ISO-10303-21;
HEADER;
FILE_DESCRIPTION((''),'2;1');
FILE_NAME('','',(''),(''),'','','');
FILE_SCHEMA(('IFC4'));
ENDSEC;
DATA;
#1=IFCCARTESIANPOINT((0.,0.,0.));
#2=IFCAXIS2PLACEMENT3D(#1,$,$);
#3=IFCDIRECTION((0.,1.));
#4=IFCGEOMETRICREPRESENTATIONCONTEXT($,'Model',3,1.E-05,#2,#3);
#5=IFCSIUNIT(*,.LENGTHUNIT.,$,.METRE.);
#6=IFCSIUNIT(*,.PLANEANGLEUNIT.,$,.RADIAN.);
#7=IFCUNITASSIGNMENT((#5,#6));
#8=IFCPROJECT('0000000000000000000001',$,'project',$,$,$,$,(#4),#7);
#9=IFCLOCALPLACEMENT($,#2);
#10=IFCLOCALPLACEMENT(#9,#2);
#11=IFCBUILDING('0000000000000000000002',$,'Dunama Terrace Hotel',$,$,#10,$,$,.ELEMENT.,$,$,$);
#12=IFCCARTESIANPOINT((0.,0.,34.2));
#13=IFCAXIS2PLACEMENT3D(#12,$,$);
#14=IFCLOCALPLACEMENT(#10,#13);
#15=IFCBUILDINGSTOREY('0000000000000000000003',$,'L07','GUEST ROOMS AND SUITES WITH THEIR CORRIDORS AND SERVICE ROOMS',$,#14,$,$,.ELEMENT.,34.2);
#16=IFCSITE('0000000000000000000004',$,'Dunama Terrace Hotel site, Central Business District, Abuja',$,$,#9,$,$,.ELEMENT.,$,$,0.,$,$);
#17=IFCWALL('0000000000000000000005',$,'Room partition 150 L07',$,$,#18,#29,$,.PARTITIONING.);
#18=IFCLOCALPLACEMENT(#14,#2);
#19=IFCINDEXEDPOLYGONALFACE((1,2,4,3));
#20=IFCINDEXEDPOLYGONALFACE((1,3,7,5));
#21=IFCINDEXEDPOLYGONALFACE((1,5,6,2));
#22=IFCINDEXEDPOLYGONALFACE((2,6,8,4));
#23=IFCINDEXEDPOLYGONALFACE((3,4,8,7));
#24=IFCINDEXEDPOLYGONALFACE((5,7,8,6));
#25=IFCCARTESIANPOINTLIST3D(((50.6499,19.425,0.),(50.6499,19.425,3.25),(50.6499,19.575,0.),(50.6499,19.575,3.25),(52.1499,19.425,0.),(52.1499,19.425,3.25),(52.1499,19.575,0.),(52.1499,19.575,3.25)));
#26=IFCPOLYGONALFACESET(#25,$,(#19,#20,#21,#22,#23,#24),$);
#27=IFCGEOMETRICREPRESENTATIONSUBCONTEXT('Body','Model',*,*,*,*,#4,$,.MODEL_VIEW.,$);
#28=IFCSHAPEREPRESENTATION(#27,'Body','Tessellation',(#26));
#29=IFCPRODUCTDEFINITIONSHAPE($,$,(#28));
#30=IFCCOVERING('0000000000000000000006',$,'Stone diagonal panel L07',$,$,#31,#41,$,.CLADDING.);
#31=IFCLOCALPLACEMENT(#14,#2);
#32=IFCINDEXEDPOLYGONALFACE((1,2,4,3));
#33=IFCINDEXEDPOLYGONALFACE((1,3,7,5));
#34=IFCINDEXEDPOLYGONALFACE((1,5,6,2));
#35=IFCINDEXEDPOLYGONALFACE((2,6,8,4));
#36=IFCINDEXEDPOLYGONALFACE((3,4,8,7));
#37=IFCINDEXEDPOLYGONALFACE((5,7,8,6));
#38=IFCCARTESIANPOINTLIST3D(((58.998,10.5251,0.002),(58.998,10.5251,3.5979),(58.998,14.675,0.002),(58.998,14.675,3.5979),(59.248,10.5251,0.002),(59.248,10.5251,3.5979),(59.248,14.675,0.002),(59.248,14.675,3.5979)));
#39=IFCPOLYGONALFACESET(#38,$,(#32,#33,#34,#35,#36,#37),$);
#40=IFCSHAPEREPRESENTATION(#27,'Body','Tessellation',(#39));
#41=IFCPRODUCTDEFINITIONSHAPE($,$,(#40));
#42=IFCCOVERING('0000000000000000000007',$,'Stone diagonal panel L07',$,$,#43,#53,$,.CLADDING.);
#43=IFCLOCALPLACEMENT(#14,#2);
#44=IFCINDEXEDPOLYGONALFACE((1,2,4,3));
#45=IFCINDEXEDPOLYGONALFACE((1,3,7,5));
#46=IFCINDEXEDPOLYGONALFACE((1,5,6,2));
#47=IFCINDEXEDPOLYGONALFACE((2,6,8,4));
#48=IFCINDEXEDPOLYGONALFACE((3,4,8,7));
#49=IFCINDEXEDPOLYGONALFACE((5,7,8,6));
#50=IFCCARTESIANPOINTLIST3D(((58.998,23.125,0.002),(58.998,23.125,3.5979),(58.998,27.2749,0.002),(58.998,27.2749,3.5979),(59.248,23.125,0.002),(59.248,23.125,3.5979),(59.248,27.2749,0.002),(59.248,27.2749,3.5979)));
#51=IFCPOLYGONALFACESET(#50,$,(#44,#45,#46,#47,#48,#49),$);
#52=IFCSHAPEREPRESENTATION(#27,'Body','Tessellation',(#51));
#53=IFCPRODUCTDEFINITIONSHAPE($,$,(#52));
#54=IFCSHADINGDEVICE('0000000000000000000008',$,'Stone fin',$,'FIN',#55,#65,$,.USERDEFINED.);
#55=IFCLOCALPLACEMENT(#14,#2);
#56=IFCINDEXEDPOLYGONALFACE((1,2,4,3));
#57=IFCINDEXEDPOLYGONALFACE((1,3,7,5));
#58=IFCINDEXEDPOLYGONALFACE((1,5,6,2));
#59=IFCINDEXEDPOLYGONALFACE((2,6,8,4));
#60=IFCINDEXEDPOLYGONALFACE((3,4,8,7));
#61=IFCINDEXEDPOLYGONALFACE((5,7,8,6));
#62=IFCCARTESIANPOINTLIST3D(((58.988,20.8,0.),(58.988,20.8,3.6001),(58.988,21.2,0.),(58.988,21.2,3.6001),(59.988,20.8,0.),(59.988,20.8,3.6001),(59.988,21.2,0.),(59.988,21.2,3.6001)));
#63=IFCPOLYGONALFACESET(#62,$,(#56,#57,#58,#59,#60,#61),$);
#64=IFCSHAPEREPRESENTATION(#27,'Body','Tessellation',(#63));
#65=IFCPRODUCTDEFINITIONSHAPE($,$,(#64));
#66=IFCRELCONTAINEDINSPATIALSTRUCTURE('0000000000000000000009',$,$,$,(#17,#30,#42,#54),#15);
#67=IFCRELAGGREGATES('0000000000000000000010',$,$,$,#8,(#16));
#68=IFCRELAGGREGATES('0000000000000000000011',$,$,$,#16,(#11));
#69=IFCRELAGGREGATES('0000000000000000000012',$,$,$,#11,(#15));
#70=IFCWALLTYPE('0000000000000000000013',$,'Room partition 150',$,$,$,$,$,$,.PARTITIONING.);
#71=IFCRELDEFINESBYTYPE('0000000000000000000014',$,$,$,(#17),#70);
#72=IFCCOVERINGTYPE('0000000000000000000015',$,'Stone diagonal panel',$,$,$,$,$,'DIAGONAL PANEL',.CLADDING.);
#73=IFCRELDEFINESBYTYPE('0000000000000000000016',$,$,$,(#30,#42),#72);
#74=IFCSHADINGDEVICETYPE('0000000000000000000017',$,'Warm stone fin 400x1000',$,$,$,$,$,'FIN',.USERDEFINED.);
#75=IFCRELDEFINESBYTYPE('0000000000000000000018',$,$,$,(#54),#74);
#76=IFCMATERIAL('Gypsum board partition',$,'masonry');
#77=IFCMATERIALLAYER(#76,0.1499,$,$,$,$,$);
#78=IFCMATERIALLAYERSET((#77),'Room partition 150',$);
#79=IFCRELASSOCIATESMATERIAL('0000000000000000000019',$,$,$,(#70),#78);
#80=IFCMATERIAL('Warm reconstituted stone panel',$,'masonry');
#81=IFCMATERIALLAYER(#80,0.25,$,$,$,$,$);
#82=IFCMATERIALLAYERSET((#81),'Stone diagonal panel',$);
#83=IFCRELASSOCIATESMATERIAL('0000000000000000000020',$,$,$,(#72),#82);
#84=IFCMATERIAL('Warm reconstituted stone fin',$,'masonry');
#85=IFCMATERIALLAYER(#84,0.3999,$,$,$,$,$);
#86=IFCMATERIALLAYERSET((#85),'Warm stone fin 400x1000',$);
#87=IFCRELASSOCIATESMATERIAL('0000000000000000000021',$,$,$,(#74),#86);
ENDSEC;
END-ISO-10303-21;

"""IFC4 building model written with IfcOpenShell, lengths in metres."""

from ifc_helpers import new_model, si_unit, direction, frame, frame_2d, origin, origin_2d, place, context, subcontext, project, spatial, rectangle, extrude, material, layer, layer_set, type_object, element, save


model = new_model("IFC4")

# Units and contexts
model_context = context("Model", 3, precision=1e-05, world=origin(), true_north=direction((0.0, 1.0)))
body_context = subcontext(model_context, "Body", "Model", "MODEL_VIEW")
ifc_project = project(units=[si_unit("LENGTHUNIT", "METRE"), si_unit("PLANEANGLEUNIT", "RADIAN")], contexts=[model_context])

# Site, building, storey
site_placement = place(None, origin())
site = spatial("IfcSite", under=ifc_project, at=site_placement, Name="Dunama Terrace Hotel site, Central Business District, Abuja", CompositionType="ELEMENT", RefElevation=0.0)
building_placement = place(site_placement, origin())
building = spatial("IfcBuilding", under=site, at=building_placement, Name="Dunama Terrace Hotel", CompositionType="ELEMENT")
storey_placement = place(building_placement, frame((0.0, 0.0, 34.2)))
storey = spatial("IfcBuildingStorey", under=building, at=storey_placement, Name="L07", Description="GUEST ROOMS AND SUITES WITH THEIR CORRIDORS AND SERVICE ROOMS", CompositionType="ELEMENT", Elevation=34.2)

# Shared definitions
ifc_material_1 = material(Name="Gypsum board partition", Category="masonry")
ifc_layer_1 = layer(ifc_material_1, 0.1499)
ifc_layer_set_1 = layer_set([ifc_layer_1], Name="Room partition 150")
wall_type_1 = type_object("IfcWallType", Name="Room partition 150", PredefinedType="PARTITIONING", material=ifc_layer_set_1)

# Wall
wall_1_placement = place(storey_placement, frame((50.6499, 19.5, 0.0), z_axis=(0.0, 0.0, 1.0), x_axis=(1.0, 0.0, 0.0)))
element("IfcWall", 1, at=wall_1_placement, inside=storey, type_object=wall_type_1, Name="Room partition 150 L07", PredefinedType="PARTITIONING", context=body_context, shape_type="SweptSolid", body=[
    extrude(rectangle(XDim=1.5, YDim=0.1499, at=frame_2d((0.75, 0.0))), origin(), (0.0, 0.0, 1.0), 3.25),
])

# Coverings
ifc_material_2 = material(Name="Warm reconstituted stone panel", Category="masonry")
ifc_layer_2 = layer(ifc_material_2, 0.25)
ifc_layer_set_2 = layer_set([ifc_layer_2], Name="Stone diagonal panel")
covering_type = type_object("IfcCoveringType", Name="Stone diagonal panel", ElementType="DIAGONAL PANEL", PredefinedType="CLADDING", material=ifc_layer_set_2)
for number, where, z_axis, x_axis, name in (
    (2, (59.123, 12.6001, 0.002), (0.0, 0.0, 1.0), (0.0, 1.0, 0.0), "Stone diagonal panel L07"),
    (3, (59.123, 25.2, 0.002), (0.0, 0.0, 1.0), (0.0, 1.0, 0.0), "Stone diagonal panel L07"),
):
    element("IfcCovering", number, at=place(storey_placement, frame(where, z_axis=z_axis, x_axis=x_axis)), inside=storey, type_object=covering_type, Name=name, PredefinedType="CLADDING", context=body_context, shape_type="SweptSolid", body=[
        extrude(rectangle(XDim=4.1499, YDim=0.25, at=origin_2d()), origin(), (0.0, 0.0, 1.0), 3.5959),
    ])

# Shading device
ifc_material_3 = material(Name="Warm reconstituted stone fin", Category="masonry")
ifc_layer_3 = layer(ifc_material_3, 0.3999)
ifc_layer_set_3 = layer_set([ifc_layer_3], Name="Warm stone fin 400x1000")
shading_device_type = type_object("IfcShadingDeviceType", Name="Warm stone fin 400x1000", ElementType="FIN", PredefinedType="USERDEFINED", material=ifc_layer_set_3)
shading_device_placement = place(storey_placement, frame((59.488, 21.0, 0.0), z_axis=(0.0, 0.0, 1.0), x_axis=(0.0, 1.0, 0.0)))
element("IfcShadingDevice", 4, at=shading_device_placement, inside=storey, type_object=shading_device_type, Name="Stone fin", ObjectType="FIN", PredefinedType="USERDEFINED", context=body_context, shape_type="SweptSolid", body=[
    extrude(rectangle(XDim=0.3999, YDim=1.0, at=origin_2d()), origin(), (0.0, 0.0, 1.0), 3.6001),
])

save(model, "model.ifc")
